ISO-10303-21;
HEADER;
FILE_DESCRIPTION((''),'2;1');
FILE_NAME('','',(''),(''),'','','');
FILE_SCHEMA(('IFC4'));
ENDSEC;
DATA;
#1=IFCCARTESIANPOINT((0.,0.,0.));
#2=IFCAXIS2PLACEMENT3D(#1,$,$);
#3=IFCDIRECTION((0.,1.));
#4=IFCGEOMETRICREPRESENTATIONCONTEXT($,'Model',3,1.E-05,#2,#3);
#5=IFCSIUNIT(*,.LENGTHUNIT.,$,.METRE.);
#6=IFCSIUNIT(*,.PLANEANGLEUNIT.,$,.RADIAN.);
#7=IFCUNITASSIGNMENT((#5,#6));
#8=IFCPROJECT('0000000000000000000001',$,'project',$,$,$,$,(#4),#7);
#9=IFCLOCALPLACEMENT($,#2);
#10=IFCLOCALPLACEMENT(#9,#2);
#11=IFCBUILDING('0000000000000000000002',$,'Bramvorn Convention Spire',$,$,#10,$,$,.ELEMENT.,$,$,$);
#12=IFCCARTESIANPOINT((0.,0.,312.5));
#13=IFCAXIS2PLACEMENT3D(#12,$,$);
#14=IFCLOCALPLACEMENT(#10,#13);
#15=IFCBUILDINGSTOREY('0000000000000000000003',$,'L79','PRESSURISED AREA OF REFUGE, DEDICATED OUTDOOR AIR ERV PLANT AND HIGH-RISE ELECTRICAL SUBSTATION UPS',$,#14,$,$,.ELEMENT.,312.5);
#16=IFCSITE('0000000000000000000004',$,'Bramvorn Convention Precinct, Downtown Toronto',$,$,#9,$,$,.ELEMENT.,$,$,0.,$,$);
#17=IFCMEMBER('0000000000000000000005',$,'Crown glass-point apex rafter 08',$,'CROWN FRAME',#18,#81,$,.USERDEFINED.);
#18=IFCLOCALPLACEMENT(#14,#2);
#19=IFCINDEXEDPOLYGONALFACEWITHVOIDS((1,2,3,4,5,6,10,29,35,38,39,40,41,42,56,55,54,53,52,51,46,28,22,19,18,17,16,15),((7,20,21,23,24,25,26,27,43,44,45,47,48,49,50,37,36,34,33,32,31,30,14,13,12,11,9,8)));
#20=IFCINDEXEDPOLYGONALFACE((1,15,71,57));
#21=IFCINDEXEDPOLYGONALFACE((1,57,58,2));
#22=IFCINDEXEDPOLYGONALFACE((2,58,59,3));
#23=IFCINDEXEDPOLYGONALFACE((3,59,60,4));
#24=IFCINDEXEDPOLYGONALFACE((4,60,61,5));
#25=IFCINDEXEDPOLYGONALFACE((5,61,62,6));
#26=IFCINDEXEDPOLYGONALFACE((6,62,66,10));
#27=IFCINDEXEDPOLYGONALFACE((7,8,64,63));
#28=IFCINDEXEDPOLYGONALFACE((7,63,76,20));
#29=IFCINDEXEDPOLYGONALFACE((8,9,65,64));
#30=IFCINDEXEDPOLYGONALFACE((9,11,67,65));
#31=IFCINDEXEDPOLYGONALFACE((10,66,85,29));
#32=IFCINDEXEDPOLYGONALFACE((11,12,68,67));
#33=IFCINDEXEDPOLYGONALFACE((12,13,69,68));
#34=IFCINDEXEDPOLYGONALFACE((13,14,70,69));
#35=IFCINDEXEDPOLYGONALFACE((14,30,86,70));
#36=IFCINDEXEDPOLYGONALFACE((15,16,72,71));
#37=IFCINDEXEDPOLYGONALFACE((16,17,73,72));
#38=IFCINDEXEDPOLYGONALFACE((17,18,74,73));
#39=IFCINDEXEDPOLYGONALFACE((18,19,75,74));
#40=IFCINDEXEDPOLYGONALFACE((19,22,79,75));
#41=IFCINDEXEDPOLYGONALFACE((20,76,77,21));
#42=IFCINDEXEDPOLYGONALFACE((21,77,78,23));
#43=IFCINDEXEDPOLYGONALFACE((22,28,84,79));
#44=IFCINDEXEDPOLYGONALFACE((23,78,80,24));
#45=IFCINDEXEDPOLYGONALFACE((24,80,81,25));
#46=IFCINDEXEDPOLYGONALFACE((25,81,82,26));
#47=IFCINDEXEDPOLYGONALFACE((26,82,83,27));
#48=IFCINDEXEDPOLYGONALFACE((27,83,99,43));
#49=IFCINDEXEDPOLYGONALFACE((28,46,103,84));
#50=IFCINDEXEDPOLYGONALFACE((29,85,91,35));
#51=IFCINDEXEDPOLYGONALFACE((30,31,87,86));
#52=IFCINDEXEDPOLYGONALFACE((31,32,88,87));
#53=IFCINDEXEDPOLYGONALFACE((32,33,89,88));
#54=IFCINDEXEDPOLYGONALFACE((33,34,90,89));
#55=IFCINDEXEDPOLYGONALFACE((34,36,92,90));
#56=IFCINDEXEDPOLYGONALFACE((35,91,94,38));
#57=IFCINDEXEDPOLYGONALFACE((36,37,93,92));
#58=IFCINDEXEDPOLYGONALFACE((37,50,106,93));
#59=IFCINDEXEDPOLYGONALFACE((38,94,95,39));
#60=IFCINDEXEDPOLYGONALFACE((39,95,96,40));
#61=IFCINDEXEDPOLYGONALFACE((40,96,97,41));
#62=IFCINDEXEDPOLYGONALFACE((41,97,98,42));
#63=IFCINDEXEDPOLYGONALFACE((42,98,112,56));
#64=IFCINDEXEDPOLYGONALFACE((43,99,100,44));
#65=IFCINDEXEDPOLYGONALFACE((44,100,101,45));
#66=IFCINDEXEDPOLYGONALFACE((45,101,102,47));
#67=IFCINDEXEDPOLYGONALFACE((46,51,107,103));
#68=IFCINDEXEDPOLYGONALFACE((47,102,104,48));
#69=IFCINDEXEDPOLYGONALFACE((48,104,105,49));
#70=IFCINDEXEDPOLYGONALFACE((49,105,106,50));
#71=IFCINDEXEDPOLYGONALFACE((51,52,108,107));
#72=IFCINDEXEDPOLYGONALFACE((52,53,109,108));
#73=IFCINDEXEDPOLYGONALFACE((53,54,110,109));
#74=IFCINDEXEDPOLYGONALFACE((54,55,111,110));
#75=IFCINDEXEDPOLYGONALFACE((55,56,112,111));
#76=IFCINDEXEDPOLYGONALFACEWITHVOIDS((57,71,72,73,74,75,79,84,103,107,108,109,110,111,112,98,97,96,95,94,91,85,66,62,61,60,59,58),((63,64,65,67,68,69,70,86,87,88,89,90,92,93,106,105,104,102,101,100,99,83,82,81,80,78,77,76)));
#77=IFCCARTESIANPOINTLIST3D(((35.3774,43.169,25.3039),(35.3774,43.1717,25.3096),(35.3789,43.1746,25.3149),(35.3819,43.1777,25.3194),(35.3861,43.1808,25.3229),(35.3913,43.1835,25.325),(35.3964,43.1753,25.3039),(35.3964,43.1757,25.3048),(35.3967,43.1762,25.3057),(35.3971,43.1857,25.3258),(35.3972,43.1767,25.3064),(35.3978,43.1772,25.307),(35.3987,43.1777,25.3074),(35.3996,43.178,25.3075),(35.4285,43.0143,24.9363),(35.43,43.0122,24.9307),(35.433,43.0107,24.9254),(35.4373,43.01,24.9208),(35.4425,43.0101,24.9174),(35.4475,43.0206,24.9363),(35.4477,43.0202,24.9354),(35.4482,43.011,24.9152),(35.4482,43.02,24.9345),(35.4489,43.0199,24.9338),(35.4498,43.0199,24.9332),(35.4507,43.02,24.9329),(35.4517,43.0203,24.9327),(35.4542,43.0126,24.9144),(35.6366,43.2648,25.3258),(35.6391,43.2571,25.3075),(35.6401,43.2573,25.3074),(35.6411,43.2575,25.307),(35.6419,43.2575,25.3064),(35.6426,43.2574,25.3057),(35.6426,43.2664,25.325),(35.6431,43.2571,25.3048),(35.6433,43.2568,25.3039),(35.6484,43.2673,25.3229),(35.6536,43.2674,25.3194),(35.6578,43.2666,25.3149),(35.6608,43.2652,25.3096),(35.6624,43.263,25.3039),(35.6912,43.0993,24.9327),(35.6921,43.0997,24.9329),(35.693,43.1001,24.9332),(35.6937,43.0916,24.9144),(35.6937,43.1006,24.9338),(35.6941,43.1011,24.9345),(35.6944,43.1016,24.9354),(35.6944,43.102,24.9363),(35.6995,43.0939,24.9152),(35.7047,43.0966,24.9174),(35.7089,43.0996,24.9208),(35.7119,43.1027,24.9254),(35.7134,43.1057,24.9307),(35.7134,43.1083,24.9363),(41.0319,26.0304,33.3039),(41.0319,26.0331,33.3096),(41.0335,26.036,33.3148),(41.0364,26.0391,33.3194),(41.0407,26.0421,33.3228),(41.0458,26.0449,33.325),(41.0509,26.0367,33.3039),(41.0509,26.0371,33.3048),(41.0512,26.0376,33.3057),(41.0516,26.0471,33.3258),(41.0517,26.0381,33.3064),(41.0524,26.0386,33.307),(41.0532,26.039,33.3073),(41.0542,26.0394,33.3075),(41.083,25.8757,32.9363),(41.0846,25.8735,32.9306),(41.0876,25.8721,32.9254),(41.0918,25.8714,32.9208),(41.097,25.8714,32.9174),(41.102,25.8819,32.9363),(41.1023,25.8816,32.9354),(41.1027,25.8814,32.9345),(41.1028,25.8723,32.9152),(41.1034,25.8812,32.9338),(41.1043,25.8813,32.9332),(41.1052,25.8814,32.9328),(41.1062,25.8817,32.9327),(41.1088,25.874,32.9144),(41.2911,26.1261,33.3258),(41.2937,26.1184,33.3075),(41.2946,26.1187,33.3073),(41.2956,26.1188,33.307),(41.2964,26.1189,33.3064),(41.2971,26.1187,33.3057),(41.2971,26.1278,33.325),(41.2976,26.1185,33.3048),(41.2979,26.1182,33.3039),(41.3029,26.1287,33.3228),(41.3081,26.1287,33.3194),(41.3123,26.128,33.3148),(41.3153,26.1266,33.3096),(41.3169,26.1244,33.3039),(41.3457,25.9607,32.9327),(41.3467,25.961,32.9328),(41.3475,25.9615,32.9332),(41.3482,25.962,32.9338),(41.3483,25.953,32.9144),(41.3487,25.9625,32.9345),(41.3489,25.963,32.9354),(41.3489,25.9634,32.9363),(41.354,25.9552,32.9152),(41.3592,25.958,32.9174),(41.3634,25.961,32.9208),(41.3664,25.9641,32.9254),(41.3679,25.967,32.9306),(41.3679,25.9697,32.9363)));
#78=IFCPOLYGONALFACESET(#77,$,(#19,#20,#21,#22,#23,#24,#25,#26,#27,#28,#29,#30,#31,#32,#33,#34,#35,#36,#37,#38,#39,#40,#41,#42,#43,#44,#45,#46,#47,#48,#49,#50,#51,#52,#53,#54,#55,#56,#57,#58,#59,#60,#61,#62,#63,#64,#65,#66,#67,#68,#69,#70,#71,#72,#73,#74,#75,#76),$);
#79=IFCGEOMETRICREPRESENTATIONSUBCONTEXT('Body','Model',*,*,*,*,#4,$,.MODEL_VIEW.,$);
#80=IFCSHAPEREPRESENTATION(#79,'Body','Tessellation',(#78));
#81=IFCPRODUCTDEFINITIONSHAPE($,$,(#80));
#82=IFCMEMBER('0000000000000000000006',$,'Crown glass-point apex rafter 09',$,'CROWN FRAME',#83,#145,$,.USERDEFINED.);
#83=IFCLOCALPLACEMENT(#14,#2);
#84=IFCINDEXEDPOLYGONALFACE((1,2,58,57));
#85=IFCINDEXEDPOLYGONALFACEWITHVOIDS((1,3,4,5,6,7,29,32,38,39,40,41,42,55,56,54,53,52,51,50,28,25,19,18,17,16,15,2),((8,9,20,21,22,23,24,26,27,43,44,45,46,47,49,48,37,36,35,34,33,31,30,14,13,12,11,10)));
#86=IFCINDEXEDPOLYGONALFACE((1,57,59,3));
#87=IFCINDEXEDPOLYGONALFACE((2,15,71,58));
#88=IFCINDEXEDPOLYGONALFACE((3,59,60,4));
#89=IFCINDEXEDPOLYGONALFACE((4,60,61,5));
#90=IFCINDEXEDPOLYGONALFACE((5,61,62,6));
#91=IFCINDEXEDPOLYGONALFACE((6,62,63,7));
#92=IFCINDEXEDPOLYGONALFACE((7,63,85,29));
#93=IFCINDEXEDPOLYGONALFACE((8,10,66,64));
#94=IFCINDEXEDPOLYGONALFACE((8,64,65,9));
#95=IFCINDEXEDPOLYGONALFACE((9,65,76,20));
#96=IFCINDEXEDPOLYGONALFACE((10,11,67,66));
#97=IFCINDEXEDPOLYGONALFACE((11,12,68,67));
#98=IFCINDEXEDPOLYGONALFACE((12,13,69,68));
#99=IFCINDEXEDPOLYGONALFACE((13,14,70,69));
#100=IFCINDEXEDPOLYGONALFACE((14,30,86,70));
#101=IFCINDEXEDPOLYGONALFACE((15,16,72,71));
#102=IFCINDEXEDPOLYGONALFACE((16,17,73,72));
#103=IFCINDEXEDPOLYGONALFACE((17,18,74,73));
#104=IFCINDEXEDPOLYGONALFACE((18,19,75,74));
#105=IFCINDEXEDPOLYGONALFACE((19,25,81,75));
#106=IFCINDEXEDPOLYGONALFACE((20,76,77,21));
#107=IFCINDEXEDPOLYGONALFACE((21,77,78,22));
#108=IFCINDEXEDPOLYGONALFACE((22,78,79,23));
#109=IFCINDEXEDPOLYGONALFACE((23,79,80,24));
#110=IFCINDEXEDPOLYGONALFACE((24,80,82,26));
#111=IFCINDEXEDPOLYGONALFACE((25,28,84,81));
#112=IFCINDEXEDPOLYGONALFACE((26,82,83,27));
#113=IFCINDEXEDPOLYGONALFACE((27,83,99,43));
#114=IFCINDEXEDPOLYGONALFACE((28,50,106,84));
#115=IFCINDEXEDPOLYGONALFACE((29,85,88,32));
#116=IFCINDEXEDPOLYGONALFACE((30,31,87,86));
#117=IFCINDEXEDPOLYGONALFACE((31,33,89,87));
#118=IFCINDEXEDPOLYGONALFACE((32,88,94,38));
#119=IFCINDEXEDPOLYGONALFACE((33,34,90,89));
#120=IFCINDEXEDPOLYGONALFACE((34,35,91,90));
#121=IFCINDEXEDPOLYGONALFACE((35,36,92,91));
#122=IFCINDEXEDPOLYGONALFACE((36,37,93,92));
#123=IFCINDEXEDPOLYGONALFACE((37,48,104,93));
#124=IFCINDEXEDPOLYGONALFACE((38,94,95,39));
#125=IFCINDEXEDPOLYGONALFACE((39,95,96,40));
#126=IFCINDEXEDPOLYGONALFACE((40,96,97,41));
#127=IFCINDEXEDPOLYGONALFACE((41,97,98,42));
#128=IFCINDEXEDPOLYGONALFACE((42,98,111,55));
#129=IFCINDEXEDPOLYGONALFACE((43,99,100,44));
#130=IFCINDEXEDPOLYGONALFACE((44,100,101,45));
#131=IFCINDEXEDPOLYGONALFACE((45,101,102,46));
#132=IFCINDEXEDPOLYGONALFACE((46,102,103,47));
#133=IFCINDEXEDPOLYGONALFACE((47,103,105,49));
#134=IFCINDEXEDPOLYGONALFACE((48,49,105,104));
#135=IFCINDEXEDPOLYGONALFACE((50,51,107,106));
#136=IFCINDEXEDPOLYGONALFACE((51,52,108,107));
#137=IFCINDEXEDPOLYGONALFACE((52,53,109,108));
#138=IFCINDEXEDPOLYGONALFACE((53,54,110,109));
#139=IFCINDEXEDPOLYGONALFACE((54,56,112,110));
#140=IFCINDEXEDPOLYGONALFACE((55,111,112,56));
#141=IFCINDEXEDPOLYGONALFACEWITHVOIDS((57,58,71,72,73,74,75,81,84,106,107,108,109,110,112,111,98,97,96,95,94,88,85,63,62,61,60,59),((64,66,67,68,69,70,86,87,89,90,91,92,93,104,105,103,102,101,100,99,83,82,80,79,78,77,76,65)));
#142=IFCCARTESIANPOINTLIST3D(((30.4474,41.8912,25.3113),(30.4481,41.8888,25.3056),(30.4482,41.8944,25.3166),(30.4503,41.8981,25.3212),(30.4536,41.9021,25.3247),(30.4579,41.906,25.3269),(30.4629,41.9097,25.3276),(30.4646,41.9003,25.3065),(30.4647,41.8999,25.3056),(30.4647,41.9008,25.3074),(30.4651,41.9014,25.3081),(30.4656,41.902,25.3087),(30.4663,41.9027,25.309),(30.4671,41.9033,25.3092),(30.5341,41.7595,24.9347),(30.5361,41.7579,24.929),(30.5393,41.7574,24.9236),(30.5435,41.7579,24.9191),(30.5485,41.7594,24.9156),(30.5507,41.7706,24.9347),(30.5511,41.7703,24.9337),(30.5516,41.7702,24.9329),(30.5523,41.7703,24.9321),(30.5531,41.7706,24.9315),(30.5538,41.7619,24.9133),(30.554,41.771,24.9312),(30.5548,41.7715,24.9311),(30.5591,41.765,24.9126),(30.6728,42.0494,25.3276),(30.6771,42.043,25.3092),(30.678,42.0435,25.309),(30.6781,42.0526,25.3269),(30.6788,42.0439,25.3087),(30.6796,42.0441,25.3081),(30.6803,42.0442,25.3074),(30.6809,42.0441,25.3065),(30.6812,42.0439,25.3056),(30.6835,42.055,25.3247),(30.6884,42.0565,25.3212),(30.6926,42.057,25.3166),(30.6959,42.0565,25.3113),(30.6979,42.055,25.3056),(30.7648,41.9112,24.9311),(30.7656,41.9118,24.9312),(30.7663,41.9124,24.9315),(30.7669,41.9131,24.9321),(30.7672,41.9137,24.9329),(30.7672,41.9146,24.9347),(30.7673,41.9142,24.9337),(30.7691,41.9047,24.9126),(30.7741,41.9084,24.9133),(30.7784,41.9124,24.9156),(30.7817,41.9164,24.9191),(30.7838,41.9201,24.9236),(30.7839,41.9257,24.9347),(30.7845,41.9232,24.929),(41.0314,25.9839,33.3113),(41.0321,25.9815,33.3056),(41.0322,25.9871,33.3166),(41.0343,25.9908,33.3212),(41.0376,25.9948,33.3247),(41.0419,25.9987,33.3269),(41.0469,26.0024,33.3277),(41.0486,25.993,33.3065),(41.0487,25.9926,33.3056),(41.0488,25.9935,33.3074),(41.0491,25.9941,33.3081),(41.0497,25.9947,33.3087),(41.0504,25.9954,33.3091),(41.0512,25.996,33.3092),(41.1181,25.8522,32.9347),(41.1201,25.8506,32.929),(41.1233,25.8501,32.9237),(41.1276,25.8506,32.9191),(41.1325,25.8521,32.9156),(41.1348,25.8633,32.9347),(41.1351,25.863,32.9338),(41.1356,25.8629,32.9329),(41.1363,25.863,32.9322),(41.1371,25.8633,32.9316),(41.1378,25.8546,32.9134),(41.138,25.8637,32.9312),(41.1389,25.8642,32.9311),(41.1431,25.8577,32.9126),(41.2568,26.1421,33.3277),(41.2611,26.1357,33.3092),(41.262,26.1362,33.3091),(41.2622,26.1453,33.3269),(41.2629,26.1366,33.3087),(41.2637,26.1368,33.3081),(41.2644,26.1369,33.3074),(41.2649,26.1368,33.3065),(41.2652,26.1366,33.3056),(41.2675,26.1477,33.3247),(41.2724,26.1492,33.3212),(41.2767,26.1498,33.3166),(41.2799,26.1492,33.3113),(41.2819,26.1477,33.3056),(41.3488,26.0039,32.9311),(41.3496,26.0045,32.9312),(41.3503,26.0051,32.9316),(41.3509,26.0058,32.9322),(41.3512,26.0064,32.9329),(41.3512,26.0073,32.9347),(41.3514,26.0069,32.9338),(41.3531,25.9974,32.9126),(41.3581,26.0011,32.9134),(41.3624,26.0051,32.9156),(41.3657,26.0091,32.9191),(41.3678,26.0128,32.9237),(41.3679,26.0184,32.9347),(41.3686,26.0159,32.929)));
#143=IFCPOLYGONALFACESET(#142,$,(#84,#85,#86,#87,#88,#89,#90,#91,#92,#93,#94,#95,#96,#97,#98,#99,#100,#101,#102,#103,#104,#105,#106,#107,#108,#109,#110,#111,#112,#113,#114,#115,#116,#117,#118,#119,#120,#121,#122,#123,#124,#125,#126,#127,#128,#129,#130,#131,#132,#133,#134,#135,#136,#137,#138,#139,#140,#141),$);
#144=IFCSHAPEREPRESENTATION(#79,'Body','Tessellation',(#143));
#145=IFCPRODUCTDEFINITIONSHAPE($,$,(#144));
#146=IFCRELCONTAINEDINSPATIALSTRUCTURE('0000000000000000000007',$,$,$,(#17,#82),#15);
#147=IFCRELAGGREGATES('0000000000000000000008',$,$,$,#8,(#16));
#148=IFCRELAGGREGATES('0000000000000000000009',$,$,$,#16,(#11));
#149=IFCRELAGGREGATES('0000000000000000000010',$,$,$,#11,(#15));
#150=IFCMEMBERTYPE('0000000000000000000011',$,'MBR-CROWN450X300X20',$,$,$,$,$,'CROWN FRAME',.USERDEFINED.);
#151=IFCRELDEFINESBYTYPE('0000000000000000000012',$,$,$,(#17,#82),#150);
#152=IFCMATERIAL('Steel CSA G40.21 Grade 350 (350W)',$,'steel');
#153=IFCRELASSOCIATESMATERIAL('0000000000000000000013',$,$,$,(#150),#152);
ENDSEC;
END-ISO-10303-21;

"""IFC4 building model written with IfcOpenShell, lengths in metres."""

from ifc_helpers import new_model, si_unit, direction, frame, origin, origin_2d, place, context, subcontext, project, spatial, hollow_rectangle, extrude, material, material_profile, profile_set, type_object, element, save


model = new_model("IFC4")

# Units and contexts
model_context = context("Model", 3, precision=1e-05, world=origin(), true_north=direction((0.0, 1.0)))
body_context = subcontext(model_context, "Body", "Model", "MODEL_VIEW")
ifc_project = project(units=[si_unit("LENGTHUNIT", "METRE"), si_unit("PLANEANGLEUNIT", "RADIAN")], contexts=[model_context])

# Site, building, storey
site_placement = place(None, origin())
site = spatial("IfcSite", under=ifc_project, at=site_placement, Name="Bramvorn Convention Precinct, Downtown Toronto", CompositionType="ELEMENT", RefElevation=0.0)
building_placement = place(site_placement, origin())
building = spatial("IfcBuilding", under=site, at=building_placement, Name="Bramvorn Convention Spire", CompositionType="ELEMENT")
storey_placement = place(building_placement, frame((0.0, 0.0, 312.5)))
storey = spatial("IfcBuildingStorey", under=building, at=storey_placement, Name="L79", Description="PRESSURISED AREA OF REFUGE, DEDICATED OUTDOOR AIR ERV PLANT AND HIGH-RISE ELECTRICAL SUBSTATION UPS", CompositionType="ELEMENT", Elevation=312.5)

# Members
ifc_material_1 = material(Name="Steel CSA G40.21 Grade 350 (350W)", Category="steel")
ifc_material_profile = material_profile(ifc_material_1, hollow_rectangle(XDim=0.3, YDim=0.45, WallThickness=0.02, InnerFilletRadius=0.0039, OuterFilletRadius=0.0239, at=origin_2d()))
ifc_profile_set = profile_set([ifc_material_profile], Name="Steel CSA G40.21 Grade 350 (350W) - CROWN450X300X20")
member_type = type_object("IfcMemberType", Name="MBR-CROWN450X300X20", ElementType="CROWN FRAME", PredefinedType="USERDEFINED", material=ifc_profile_set)
member_1_placement = place(storey_placement, frame((35.5454, 43.1387, 25.1201), z_axis=(0.286436, -0.868176, 0.405248), x_axis=(0.949649, 0.313316, 0.0)))
element("IfcMember", 1, at=member_1_placement, inside=storey, type_object=member_type, Name="Crown glass-point apex rafter 08", ObjectType="CROWN FRAME", PredefinedType="USERDEFINED", context=body_context, shape_type="SweptSolid", body=[
    extrude(hollow_rectangle(XDim=0.3, YDim=0.45, WallThickness=0.02, InnerFilletRadius=0.0039, OuterFilletRadius=0.0239, at=origin_2d()), origin(), (0.0, 0.0, 1.0), 19.741),
])
member_2_placement = place(storey_placement, frame((30.616, 41.9072, 25.1201), z_axis=(0.510964, -0.767954, 0.386216), x_axis=(0.832553, 0.553945, 0.0)))
element("IfcMember", 2, at=member_2_placement, inside=storey, type_object=member_type, Name="Crown glass-point apex rafter 09", ObjectType="CROWN FRAME", PredefinedType="USERDEFINED", context=body_context, shape_type="SweptSolid", body=[
    extrude(hollow_rectangle(XDim=0.3, YDim=0.45, WallThickness=0.02, InnerFilletRadius=0.0039, OuterFilletRadius=0.0239, at=origin_2d()), origin(), (0.0, 0.0, 1.0), 20.7139),
])

save(model, "model.ifc")
